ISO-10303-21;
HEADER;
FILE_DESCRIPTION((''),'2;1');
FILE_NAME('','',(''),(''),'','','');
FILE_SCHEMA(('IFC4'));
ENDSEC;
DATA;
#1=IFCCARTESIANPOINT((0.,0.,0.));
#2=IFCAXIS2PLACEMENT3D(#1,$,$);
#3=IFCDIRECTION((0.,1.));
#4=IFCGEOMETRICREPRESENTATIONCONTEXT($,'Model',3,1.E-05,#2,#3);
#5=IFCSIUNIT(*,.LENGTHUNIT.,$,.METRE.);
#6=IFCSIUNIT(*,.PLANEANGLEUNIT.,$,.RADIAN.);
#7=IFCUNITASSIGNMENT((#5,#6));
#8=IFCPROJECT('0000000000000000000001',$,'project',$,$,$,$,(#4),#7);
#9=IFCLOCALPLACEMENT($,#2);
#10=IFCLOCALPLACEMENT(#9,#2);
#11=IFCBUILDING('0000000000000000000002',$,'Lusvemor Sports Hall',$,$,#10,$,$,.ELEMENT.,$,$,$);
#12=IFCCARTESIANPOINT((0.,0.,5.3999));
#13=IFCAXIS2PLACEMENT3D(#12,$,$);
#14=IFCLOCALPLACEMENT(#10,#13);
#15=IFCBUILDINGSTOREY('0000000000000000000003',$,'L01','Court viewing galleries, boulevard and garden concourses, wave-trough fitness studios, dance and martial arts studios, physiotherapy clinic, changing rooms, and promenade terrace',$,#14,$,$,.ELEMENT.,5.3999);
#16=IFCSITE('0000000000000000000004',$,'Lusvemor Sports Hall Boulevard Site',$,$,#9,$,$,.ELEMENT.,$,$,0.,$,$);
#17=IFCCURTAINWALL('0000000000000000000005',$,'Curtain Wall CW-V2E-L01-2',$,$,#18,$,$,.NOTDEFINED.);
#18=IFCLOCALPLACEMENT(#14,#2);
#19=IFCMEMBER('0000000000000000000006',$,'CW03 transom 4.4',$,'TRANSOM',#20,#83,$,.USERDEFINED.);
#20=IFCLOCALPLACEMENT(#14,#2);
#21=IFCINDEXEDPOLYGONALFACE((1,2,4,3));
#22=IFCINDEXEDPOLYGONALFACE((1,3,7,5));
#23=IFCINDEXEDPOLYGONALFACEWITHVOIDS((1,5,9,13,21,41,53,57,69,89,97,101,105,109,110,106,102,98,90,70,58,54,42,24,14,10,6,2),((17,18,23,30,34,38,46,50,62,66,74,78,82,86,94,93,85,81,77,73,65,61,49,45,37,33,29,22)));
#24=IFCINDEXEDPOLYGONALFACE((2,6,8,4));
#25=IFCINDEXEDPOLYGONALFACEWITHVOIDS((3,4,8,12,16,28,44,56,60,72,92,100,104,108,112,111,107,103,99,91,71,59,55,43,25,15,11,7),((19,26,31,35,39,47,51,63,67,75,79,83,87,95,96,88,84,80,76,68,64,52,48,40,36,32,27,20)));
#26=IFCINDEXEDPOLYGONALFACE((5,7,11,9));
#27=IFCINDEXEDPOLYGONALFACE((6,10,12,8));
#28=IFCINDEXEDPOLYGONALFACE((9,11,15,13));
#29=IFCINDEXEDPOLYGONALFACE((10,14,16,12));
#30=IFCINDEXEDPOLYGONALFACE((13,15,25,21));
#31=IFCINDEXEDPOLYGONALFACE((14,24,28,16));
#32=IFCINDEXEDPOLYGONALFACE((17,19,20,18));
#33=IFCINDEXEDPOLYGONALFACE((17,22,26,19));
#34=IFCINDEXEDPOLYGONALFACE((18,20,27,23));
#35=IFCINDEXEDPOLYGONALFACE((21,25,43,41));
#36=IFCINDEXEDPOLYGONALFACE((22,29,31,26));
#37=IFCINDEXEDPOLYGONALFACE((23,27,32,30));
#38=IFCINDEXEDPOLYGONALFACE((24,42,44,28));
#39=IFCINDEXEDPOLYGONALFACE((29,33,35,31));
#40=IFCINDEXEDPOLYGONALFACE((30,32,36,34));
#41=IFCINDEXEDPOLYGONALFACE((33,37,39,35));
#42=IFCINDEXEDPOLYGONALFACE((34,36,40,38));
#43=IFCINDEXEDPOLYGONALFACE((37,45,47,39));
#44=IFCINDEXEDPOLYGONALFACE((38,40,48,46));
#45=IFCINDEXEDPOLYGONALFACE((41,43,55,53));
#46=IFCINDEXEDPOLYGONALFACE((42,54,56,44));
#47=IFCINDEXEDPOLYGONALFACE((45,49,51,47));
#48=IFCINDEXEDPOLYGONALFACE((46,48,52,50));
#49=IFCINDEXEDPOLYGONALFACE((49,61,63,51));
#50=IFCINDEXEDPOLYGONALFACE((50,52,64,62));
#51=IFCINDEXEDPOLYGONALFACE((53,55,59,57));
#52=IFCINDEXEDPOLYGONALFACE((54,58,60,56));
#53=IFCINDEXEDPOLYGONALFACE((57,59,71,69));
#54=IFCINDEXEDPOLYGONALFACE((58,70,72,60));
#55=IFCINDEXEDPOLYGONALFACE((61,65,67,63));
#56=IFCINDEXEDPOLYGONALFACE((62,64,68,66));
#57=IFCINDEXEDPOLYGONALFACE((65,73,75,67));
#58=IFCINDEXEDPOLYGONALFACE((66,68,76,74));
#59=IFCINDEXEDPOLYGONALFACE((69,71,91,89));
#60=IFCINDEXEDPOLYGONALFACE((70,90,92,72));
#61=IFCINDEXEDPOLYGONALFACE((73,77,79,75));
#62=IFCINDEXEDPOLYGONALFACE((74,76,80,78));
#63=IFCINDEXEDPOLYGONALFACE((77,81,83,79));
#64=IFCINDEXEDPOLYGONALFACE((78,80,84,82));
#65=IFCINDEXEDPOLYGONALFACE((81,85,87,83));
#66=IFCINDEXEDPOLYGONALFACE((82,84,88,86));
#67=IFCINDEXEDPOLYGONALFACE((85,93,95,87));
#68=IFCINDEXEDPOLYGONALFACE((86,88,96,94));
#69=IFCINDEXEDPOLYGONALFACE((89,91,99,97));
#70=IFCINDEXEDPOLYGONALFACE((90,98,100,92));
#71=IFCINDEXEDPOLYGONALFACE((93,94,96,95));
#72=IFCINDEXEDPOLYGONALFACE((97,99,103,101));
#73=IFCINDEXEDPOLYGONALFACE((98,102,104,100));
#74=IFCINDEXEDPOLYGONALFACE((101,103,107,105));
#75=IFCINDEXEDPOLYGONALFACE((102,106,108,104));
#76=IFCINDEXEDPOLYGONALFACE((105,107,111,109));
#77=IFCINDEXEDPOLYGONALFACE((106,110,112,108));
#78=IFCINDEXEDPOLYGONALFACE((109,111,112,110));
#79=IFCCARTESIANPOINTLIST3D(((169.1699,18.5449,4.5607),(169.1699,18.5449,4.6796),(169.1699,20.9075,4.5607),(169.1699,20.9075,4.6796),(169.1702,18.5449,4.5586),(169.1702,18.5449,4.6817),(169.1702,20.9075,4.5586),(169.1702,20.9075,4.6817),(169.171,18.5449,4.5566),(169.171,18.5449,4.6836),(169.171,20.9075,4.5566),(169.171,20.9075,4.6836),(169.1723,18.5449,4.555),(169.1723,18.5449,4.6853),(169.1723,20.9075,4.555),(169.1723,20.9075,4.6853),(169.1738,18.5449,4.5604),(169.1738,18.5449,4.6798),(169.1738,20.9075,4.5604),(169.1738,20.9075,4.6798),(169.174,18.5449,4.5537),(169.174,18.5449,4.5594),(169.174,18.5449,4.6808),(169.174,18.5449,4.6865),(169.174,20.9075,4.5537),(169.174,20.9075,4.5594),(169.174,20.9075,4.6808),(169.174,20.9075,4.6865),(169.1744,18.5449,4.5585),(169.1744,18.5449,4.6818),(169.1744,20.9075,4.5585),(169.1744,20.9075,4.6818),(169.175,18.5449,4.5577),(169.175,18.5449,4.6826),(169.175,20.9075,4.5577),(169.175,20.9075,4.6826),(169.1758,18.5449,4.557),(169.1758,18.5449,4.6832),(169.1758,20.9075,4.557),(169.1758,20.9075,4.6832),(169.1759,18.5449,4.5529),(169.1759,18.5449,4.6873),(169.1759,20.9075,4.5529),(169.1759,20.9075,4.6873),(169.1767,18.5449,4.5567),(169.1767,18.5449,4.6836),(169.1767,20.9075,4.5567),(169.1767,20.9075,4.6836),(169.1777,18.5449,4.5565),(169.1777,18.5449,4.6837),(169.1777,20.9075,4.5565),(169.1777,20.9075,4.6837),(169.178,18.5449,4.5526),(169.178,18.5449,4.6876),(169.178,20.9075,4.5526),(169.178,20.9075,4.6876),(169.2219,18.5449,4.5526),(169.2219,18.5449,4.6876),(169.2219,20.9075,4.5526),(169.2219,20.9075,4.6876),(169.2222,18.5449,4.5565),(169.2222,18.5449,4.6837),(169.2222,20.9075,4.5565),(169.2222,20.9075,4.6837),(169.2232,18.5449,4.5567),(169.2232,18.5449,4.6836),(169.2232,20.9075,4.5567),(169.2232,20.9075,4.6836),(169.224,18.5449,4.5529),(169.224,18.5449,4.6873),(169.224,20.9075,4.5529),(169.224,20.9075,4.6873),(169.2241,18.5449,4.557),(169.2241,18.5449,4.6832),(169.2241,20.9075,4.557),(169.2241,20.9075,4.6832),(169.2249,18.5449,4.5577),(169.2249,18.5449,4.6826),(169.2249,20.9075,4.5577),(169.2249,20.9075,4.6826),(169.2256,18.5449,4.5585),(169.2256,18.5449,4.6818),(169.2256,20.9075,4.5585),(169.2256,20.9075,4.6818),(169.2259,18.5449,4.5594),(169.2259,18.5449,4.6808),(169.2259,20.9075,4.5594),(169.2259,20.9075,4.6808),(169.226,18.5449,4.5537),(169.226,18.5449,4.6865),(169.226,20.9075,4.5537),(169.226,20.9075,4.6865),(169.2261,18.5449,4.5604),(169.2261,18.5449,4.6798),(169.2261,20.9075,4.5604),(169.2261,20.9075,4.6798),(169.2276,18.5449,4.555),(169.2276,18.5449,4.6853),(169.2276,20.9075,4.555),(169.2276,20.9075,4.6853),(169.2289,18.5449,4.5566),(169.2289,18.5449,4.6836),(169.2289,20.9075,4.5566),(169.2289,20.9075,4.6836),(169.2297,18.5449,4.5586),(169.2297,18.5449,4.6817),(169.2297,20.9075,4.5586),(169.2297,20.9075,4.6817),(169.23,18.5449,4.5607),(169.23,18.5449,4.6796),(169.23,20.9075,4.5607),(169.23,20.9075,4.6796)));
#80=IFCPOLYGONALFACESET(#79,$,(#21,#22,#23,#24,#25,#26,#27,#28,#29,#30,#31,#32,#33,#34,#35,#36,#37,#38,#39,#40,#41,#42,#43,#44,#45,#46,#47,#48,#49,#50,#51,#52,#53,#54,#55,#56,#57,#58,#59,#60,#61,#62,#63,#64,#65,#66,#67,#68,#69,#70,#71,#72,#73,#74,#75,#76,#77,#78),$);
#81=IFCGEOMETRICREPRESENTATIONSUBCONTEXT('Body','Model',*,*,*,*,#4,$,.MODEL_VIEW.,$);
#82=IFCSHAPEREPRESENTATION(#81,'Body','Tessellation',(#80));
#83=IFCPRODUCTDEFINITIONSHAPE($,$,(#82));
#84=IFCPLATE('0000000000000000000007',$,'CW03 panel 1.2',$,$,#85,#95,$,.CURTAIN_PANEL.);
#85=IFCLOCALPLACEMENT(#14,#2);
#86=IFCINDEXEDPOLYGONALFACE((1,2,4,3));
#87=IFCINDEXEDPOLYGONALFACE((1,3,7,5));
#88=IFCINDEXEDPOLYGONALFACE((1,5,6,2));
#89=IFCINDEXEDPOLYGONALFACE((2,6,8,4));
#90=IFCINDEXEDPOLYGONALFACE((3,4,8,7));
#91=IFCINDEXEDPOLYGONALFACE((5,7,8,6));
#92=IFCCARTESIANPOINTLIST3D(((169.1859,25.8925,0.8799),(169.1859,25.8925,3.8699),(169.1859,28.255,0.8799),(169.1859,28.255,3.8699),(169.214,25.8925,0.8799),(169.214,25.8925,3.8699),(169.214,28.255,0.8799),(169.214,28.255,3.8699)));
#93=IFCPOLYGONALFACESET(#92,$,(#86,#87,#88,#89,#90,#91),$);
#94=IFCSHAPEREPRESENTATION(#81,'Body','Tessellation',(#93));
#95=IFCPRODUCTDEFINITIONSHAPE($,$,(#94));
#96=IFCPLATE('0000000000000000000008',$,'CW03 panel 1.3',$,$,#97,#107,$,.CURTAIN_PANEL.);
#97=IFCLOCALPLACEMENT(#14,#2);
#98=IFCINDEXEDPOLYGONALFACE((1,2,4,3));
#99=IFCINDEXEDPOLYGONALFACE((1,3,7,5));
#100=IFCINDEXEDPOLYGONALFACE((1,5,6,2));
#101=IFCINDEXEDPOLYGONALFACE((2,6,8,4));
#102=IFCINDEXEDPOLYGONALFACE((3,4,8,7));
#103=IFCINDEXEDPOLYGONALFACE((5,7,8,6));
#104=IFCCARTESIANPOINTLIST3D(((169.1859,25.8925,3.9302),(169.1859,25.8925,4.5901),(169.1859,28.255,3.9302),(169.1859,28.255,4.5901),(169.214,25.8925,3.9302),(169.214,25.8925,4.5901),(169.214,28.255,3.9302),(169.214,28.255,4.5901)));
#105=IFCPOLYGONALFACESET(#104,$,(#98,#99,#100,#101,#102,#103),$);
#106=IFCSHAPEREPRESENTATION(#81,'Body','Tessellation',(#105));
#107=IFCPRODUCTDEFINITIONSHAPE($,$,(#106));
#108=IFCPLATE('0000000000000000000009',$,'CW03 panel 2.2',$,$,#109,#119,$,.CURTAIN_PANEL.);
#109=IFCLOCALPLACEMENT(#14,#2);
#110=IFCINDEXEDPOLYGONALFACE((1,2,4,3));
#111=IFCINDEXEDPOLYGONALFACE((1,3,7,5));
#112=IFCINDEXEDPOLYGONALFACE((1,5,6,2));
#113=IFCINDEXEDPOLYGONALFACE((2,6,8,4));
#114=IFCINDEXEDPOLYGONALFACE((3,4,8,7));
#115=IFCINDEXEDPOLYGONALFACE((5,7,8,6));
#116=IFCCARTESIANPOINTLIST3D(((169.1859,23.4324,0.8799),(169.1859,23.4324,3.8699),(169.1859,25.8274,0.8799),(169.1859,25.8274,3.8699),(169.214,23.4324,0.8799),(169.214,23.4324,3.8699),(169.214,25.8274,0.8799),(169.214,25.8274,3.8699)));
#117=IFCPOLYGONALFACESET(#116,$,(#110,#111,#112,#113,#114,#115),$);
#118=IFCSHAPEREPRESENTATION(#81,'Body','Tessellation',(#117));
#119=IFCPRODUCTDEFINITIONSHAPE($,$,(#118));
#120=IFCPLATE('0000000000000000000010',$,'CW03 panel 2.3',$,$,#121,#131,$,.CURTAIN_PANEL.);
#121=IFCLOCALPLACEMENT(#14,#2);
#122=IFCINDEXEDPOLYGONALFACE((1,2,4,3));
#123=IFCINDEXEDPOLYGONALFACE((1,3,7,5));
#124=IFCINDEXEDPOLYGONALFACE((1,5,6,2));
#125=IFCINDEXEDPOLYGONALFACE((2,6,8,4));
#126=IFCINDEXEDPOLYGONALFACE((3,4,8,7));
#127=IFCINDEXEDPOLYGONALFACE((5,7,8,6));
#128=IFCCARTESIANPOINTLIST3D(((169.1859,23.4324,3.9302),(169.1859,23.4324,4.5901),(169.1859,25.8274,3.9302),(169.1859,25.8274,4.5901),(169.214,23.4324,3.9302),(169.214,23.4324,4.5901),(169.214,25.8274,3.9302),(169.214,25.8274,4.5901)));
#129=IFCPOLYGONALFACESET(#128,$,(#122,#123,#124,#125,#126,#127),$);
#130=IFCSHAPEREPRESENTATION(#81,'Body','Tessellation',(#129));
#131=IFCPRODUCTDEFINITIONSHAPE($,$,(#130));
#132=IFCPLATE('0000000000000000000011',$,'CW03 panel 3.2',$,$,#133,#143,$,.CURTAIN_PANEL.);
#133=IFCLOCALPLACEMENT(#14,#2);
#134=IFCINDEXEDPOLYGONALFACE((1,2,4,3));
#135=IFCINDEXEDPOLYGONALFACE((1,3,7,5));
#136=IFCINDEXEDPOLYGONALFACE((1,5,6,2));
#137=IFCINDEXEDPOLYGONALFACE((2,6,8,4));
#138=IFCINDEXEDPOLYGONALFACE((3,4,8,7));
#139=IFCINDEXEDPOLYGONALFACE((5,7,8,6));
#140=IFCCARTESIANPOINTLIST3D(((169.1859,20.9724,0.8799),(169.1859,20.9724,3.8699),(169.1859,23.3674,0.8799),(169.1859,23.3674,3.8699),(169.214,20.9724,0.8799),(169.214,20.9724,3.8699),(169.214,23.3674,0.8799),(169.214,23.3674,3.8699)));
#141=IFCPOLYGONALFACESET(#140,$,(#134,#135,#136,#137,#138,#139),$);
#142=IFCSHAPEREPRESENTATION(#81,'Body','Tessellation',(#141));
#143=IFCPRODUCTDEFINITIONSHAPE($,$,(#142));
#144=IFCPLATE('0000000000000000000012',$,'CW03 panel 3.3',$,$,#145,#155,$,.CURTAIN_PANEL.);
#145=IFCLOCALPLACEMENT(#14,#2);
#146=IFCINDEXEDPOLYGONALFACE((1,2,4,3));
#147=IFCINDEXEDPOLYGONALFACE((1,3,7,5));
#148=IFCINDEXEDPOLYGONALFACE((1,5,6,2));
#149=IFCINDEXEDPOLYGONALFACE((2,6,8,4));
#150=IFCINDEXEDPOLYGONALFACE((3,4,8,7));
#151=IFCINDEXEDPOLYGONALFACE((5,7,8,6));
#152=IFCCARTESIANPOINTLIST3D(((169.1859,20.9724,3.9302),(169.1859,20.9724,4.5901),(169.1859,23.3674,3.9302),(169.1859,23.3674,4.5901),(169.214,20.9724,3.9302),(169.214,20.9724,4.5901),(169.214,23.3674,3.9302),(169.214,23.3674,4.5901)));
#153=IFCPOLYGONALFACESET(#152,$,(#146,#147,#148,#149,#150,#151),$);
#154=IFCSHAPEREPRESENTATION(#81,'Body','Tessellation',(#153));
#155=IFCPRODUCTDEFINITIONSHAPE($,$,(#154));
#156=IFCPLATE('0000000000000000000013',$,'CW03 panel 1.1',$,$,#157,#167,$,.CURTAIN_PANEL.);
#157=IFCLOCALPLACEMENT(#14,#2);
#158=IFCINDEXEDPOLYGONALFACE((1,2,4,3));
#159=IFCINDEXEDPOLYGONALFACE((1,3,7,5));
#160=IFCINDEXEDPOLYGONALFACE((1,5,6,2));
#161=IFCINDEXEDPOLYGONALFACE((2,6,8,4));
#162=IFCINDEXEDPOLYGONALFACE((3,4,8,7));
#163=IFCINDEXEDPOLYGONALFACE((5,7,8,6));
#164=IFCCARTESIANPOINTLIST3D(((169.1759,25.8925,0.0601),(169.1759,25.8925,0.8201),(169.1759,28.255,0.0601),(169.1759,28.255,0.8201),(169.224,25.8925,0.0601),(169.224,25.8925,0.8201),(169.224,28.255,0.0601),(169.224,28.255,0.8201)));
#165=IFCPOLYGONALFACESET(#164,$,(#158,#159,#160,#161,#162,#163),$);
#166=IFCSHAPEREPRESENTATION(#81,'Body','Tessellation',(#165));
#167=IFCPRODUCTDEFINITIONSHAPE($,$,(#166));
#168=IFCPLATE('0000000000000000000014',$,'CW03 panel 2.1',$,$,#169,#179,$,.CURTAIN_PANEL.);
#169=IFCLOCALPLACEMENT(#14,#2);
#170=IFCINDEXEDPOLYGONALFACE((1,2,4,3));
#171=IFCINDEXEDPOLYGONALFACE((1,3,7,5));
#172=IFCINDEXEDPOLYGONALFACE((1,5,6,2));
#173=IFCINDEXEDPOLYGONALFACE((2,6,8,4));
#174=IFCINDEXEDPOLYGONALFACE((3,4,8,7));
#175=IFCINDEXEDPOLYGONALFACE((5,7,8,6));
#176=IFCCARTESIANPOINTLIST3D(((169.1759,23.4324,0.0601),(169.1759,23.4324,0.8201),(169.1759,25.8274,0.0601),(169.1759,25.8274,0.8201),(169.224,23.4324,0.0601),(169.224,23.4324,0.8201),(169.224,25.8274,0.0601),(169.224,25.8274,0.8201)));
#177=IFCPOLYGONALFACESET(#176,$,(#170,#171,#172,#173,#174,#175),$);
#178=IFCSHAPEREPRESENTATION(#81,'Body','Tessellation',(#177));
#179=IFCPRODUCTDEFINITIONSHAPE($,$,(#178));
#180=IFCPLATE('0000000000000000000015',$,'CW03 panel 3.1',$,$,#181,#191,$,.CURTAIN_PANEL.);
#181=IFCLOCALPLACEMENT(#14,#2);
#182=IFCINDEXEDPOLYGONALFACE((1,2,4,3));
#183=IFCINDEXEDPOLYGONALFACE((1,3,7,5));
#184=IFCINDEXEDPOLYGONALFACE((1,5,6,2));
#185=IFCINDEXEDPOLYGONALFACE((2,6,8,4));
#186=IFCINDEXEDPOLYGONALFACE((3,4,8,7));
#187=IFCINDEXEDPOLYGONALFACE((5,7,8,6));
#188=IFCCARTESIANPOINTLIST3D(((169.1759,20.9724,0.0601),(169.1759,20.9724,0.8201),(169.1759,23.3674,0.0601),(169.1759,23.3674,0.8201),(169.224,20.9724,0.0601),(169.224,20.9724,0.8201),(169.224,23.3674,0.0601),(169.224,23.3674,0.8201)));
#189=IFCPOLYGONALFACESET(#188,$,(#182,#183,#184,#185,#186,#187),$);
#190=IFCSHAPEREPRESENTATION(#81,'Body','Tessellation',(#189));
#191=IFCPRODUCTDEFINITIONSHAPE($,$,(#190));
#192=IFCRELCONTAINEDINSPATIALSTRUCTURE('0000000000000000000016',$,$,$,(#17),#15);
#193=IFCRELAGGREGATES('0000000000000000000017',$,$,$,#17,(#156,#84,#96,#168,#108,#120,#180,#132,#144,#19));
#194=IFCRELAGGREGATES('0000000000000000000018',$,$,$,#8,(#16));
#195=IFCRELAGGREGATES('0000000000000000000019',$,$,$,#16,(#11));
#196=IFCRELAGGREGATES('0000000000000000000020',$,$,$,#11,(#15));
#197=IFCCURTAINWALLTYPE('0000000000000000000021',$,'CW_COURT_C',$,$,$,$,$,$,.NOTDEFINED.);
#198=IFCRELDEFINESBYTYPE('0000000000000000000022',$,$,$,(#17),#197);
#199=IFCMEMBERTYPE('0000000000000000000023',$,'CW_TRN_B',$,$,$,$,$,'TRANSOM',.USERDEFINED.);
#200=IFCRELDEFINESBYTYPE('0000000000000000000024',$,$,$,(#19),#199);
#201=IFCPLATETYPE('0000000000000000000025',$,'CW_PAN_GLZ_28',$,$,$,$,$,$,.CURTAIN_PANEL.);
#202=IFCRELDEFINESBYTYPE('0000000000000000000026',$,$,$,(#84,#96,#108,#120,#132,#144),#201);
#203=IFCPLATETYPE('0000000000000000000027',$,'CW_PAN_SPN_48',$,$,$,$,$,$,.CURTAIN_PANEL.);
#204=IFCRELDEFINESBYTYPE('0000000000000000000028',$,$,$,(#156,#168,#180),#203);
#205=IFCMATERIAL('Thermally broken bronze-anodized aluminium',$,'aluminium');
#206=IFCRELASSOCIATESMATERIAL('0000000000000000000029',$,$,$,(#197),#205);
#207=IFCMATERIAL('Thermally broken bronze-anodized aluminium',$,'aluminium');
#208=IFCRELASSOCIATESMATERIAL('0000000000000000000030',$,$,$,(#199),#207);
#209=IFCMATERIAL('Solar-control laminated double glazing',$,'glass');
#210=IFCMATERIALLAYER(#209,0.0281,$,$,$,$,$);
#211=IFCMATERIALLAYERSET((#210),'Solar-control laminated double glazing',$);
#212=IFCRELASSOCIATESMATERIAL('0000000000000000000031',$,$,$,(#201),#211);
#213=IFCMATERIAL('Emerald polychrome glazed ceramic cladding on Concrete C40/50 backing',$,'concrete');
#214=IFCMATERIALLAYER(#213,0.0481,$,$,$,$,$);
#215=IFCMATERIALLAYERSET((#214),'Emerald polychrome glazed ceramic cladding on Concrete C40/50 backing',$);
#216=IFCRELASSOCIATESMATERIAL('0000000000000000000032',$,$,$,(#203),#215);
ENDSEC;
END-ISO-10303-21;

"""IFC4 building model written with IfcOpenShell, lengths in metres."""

from ifc_helpers import new_model, si_unit, direction, frame, origin, origin_2d, place, context, subcontext, project, spatial, rectangle, hollow_rectangle, extrude, material, layer, layer_set, material_profile, profile_set, type_object, element, aggregate, save


model = new_model("IFC4")

# Units and contexts
model_context = context("Model", 3, precision=1e-05, world=origin(), true_north=direction((0.0, 1.0)))
body_context = subcontext(model_context, "Body", "Model", "MODEL_VIEW")
ifc_project = project(units=[si_unit("LENGTHUNIT", "METRE"), si_unit("PLANEANGLEUNIT", "RADIAN")], contexts=[model_context])

# Site, building, storey
site_placement = place(None, origin())
site = spatial("IfcSite", under=ifc_project, at=site_placement, Name="Lusvemor Sports Hall Boulevard Site", CompositionType="ELEMENT", RefElevation=0.0)
building_placement = place(site_placement, origin())
building = spatial("IfcBuilding", under=site, at=building_placement, Name="Lusvemor Sports Hall", CompositionType="ELEMENT")
storey_placement = place(building_placement, frame((0.0, 0.0, 5.3999)))
storey = spatial("IfcBuildingStorey", under=building, at=storey_placement, Name="L01", Description="Court viewing galleries, boulevard and garden concourses, wave-trough fitness studios, dance and martial arts studios, physiotherapy clinic, changing rooms, and promenade terrace", CompositionType="ELEMENT", Elevation=5.3999)

# Curtain wall, member, plates
ifc_material_1 = material(Name="Thermally broken bronze-anodized aluminium", Category="aluminium")
curtain_wall_type = type_object("IfcCurtainWallType", Name="CW_COURT_C", PredefinedType="NOTDEFINED", material=ifc_material_1)
curtain_wall_placement = place(storey_placement, origin())
curtain_wall = element("IfcCurtainWall", 1, at=curtain_wall_placement, inside=storey, type_object=curtain_wall_type, Name="Curtain Wall CW-V2E-L01-2", PredefinedType="NOTDEFINED")
ifc_material_2 = material(Name="Thermally broken bronze-anodized aluminium", Category="aluminium")
ifc_material_profile_1 = material_profile(ifc_material_2, hollow_rectangle(XDim=0.0601, YDim=0.135, WallThickness=0.0039, InnerFilletRadius=0.0039, OuterFilletRadius=0.0081, at=origin_2d()), Name="CWTRN135x60x4")
ifc_profile_set_1 = profile_set([ifc_material_profile_1], Name="Thermally broken bronze-anodized aluminium")
member_type_1 = type_object("IfcMemberType", Name="CW_TRN_B", ElementType="TRANSOM", PredefinedType="USERDEFINED", material=ifc_profile_set_1)
member_1_placement = place(storey_placement, frame((169.2, 20.9075, 4.6201), z_axis=(0.0, -1.0, 0.0), x_axis=(1.0, 0.0, 0.0)))
member_1 = element("IfcMember", 2, at=member_1_placement, type_object=member_type_1, Name="CW03 transom 4.4", ObjectType="TRANSOM", PredefinedType="USERDEFINED", context=body_context, shape_type="SweptSolid", body=[
    extrude(hollow_rectangle(XDim=0.0601, YDim=0.135, WallThickness=0.0039, InnerFilletRadius=0.0039, OuterFilletRadius=0.0081, at=origin_2d()), origin(), (0.0, 0.0, 1.0), 2.3625),
])
ifc_material_3 = material(Name="Solar-control laminated double glazing", Category="glass")
ifc_layer_1 = layer(ifc_material_3, 0.0281)
ifc_layer_set_1 = layer_set([ifc_layer_1], Name="Solar-control laminated double glazing")
plate_type_1 = type_object("IfcPlateType", Name="CW_PAN_GLZ_28", PredefinedType="CURTAIN_PANEL", material=ifc_layer_set_1)
plate_1_placement = place(storey_placement, frame((169.2, 27.0737, 0.8799), z_axis=(0.0, 0.0, 1.0), x_axis=(0.0, -1.0, 0.0)))
plate_1 = element("IfcPlate", 3, at=plate_1_placement, type_object=plate_type_1, Name="CW03 panel 1.2", PredefinedType="CURTAIN_PANEL", context=body_context, shape_type="SweptSolid", body=[
    extrude(rectangle(XDim=2.3625, YDim=0.0281, at=origin_2d()), origin(), (0.0, 0.0, 1.0), 2.99),
])
plate_2_placement = place(storey_placement, frame((169.2, 27.0737, 3.9302), z_axis=(0.0, 0.0, 1.0), x_axis=(0.0, -1.0, 0.0)))
plate_2 = element("IfcPlate", 4, at=plate_2_placement, type_object=plate_type_1, Name="CW03 panel 1.3", PredefinedType="CURTAIN_PANEL", context=body_context, shape_type="SweptSolid", body=[
    extrude(rectangle(XDim=2.3625, YDim=0.0281, at=origin_2d()), origin(), (0.0, 0.0, 1.0), 0.6599),
])
plate_3_placement = place(storey_placement, frame((169.2, 24.6299, 0.8799), z_axis=(0.0, 0.0, 1.0), x_axis=(0.0, -1.0, 0.0)))
plate_3 = element("IfcPlate", 5, at=plate_3_placement, type_object=plate_type_1, Name="CW03 panel 2.2", PredefinedType="CURTAIN_PANEL", context=body_context, shape_type="SweptSolid", body=[
    extrude(rectangle(XDim=2.395, YDim=0.0281, at=origin_2d()), origin(), (0.0, 0.0, 1.0), 2.99),
])
plate_4_placement = place(storey_placement, frame((169.2, 24.6299, 3.9302), z_axis=(0.0, 0.0, 1.0), x_axis=(0.0, -1.0, 0.0)))
plate_4 = element("IfcPlate", 6, at=plate_4_placement, type_object=plate_type_1, Name="CW03 panel 2.3", PredefinedType="CURTAIN_PANEL", context=body_context, shape_type="SweptSolid", body=[
    extrude(rectangle(XDim=2.395, YDim=0.0281, at=origin_2d()), origin(), (0.0, 0.0, 1.0), 0.6599),
])
plate_5_placement = place(storey_placement, frame((169.2, 22.1699, 0.8799), z_axis=(0.0, 0.0, 1.0), x_axis=(0.0, -1.0, 0.0)))
plate_5 = element("IfcPlate", 7, at=plate_5_placement, type_object=plate_type_1, Name="CW03 panel 3.2", PredefinedType="CURTAIN_PANEL", context=body_context, shape_type="SweptSolid", body=[
    extrude(rectangle(XDim=2.395, YDim=0.0281, at=origin_2d()), origin(), (0.0, 0.0, 1.0), 2.99),
])
plate_6_placement = place(storey_placement, frame((169.2, 22.1699, 3.9302), z_axis=(0.0, 0.0, 1.0), x_axis=(0.0, -1.0, 0.0)))
plate_6 = element("IfcPlate", 8, at=plate_6_placement, type_object=plate_type_1, Name="CW03 panel 3.3", PredefinedType="CURTAIN_PANEL", context=body_context, shape_type="SweptSolid", body=[
    extrude(rectangle(XDim=2.395, YDim=0.0281, at=origin_2d()), origin(), (0.0, 0.0, 1.0), 0.6599),
])
ifc_material_4 = material(Name="Emerald polychrome glazed ceramic cladding on Concrete C40/50 backing", Category="concrete")
ifc_layer_2 = layer(ifc_material_4, 0.0481)
ifc_layer_set_2 = layer_set([ifc_layer_2], Name="Emerald polychrome glazed ceramic cladding on Concrete C40/50 backing")
plate_type_2 = type_object("IfcPlateType", Name="CW_PAN_SPN_48", PredefinedType="CURTAIN_PANEL", material=ifc_layer_set_2)
plate_7_placement = place(storey_placement, frame((169.2, 27.0737, 0.0601), z_axis=(0.0, 0.0, 1.0), x_axis=(0.0, -1.0, 0.0)))
plate_7 = element("IfcPlate", 9, at=plate_7_placement, type_object=plate_type_2, Name="CW03 panel 1.1", PredefinedType="CURTAIN_PANEL", context=body_context, shape_type="SweptSolid", body=[
    extrude(rectangle(XDim=2.3625, YDim=0.0481, at=origin_2d()), origin(), (0.0, 0.0, 1.0), 0.76),
])
plate_8_placement = place(storey_placement, frame((169.2, 24.6299, 0.0601), z_axis=(0.0, 0.0, 1.0), x_axis=(0.0, -1.0, 0.0)))
plate_8 = element("IfcPlate", 10, at=plate_8_placement, type_object=plate_type_2, Name="CW03 panel 2.1", PredefinedType="CURTAIN_PANEL", context=body_context, shape_type="SweptSolid", body=[
    extrude(rectangle(XDim=2.395, YDim=0.0481, at=origin_2d()), origin(), (0.0, 0.0, 1.0), 0.76),
])
plate_9_placement = place(storey_placement, frame((169.2, 22.1699, 0.0601), z_axis=(0.0, 0.0, 1.0), x_axis=(0.0, -1.0, 0.0)))
plate_9 = element("IfcPlate", 11, at=plate_9_placement, type_object=plate_type_2, Name="CW03 panel 3.1", PredefinedType="CURTAIN_PANEL", context=body_context, shape_type="SweptSolid", body=[
    extrude(rectangle(XDim=2.395, YDim=0.0481, at=origin_2d()), origin(), (0.0, 0.0, 1.0), 0.76),
])
aggregate(curtain_wall, [plate_7, plate_1, plate_2, plate_8, plate_3, plate_4, plate_9, plate_5, plate_6, member_1])

save(model, "model.ifc")
